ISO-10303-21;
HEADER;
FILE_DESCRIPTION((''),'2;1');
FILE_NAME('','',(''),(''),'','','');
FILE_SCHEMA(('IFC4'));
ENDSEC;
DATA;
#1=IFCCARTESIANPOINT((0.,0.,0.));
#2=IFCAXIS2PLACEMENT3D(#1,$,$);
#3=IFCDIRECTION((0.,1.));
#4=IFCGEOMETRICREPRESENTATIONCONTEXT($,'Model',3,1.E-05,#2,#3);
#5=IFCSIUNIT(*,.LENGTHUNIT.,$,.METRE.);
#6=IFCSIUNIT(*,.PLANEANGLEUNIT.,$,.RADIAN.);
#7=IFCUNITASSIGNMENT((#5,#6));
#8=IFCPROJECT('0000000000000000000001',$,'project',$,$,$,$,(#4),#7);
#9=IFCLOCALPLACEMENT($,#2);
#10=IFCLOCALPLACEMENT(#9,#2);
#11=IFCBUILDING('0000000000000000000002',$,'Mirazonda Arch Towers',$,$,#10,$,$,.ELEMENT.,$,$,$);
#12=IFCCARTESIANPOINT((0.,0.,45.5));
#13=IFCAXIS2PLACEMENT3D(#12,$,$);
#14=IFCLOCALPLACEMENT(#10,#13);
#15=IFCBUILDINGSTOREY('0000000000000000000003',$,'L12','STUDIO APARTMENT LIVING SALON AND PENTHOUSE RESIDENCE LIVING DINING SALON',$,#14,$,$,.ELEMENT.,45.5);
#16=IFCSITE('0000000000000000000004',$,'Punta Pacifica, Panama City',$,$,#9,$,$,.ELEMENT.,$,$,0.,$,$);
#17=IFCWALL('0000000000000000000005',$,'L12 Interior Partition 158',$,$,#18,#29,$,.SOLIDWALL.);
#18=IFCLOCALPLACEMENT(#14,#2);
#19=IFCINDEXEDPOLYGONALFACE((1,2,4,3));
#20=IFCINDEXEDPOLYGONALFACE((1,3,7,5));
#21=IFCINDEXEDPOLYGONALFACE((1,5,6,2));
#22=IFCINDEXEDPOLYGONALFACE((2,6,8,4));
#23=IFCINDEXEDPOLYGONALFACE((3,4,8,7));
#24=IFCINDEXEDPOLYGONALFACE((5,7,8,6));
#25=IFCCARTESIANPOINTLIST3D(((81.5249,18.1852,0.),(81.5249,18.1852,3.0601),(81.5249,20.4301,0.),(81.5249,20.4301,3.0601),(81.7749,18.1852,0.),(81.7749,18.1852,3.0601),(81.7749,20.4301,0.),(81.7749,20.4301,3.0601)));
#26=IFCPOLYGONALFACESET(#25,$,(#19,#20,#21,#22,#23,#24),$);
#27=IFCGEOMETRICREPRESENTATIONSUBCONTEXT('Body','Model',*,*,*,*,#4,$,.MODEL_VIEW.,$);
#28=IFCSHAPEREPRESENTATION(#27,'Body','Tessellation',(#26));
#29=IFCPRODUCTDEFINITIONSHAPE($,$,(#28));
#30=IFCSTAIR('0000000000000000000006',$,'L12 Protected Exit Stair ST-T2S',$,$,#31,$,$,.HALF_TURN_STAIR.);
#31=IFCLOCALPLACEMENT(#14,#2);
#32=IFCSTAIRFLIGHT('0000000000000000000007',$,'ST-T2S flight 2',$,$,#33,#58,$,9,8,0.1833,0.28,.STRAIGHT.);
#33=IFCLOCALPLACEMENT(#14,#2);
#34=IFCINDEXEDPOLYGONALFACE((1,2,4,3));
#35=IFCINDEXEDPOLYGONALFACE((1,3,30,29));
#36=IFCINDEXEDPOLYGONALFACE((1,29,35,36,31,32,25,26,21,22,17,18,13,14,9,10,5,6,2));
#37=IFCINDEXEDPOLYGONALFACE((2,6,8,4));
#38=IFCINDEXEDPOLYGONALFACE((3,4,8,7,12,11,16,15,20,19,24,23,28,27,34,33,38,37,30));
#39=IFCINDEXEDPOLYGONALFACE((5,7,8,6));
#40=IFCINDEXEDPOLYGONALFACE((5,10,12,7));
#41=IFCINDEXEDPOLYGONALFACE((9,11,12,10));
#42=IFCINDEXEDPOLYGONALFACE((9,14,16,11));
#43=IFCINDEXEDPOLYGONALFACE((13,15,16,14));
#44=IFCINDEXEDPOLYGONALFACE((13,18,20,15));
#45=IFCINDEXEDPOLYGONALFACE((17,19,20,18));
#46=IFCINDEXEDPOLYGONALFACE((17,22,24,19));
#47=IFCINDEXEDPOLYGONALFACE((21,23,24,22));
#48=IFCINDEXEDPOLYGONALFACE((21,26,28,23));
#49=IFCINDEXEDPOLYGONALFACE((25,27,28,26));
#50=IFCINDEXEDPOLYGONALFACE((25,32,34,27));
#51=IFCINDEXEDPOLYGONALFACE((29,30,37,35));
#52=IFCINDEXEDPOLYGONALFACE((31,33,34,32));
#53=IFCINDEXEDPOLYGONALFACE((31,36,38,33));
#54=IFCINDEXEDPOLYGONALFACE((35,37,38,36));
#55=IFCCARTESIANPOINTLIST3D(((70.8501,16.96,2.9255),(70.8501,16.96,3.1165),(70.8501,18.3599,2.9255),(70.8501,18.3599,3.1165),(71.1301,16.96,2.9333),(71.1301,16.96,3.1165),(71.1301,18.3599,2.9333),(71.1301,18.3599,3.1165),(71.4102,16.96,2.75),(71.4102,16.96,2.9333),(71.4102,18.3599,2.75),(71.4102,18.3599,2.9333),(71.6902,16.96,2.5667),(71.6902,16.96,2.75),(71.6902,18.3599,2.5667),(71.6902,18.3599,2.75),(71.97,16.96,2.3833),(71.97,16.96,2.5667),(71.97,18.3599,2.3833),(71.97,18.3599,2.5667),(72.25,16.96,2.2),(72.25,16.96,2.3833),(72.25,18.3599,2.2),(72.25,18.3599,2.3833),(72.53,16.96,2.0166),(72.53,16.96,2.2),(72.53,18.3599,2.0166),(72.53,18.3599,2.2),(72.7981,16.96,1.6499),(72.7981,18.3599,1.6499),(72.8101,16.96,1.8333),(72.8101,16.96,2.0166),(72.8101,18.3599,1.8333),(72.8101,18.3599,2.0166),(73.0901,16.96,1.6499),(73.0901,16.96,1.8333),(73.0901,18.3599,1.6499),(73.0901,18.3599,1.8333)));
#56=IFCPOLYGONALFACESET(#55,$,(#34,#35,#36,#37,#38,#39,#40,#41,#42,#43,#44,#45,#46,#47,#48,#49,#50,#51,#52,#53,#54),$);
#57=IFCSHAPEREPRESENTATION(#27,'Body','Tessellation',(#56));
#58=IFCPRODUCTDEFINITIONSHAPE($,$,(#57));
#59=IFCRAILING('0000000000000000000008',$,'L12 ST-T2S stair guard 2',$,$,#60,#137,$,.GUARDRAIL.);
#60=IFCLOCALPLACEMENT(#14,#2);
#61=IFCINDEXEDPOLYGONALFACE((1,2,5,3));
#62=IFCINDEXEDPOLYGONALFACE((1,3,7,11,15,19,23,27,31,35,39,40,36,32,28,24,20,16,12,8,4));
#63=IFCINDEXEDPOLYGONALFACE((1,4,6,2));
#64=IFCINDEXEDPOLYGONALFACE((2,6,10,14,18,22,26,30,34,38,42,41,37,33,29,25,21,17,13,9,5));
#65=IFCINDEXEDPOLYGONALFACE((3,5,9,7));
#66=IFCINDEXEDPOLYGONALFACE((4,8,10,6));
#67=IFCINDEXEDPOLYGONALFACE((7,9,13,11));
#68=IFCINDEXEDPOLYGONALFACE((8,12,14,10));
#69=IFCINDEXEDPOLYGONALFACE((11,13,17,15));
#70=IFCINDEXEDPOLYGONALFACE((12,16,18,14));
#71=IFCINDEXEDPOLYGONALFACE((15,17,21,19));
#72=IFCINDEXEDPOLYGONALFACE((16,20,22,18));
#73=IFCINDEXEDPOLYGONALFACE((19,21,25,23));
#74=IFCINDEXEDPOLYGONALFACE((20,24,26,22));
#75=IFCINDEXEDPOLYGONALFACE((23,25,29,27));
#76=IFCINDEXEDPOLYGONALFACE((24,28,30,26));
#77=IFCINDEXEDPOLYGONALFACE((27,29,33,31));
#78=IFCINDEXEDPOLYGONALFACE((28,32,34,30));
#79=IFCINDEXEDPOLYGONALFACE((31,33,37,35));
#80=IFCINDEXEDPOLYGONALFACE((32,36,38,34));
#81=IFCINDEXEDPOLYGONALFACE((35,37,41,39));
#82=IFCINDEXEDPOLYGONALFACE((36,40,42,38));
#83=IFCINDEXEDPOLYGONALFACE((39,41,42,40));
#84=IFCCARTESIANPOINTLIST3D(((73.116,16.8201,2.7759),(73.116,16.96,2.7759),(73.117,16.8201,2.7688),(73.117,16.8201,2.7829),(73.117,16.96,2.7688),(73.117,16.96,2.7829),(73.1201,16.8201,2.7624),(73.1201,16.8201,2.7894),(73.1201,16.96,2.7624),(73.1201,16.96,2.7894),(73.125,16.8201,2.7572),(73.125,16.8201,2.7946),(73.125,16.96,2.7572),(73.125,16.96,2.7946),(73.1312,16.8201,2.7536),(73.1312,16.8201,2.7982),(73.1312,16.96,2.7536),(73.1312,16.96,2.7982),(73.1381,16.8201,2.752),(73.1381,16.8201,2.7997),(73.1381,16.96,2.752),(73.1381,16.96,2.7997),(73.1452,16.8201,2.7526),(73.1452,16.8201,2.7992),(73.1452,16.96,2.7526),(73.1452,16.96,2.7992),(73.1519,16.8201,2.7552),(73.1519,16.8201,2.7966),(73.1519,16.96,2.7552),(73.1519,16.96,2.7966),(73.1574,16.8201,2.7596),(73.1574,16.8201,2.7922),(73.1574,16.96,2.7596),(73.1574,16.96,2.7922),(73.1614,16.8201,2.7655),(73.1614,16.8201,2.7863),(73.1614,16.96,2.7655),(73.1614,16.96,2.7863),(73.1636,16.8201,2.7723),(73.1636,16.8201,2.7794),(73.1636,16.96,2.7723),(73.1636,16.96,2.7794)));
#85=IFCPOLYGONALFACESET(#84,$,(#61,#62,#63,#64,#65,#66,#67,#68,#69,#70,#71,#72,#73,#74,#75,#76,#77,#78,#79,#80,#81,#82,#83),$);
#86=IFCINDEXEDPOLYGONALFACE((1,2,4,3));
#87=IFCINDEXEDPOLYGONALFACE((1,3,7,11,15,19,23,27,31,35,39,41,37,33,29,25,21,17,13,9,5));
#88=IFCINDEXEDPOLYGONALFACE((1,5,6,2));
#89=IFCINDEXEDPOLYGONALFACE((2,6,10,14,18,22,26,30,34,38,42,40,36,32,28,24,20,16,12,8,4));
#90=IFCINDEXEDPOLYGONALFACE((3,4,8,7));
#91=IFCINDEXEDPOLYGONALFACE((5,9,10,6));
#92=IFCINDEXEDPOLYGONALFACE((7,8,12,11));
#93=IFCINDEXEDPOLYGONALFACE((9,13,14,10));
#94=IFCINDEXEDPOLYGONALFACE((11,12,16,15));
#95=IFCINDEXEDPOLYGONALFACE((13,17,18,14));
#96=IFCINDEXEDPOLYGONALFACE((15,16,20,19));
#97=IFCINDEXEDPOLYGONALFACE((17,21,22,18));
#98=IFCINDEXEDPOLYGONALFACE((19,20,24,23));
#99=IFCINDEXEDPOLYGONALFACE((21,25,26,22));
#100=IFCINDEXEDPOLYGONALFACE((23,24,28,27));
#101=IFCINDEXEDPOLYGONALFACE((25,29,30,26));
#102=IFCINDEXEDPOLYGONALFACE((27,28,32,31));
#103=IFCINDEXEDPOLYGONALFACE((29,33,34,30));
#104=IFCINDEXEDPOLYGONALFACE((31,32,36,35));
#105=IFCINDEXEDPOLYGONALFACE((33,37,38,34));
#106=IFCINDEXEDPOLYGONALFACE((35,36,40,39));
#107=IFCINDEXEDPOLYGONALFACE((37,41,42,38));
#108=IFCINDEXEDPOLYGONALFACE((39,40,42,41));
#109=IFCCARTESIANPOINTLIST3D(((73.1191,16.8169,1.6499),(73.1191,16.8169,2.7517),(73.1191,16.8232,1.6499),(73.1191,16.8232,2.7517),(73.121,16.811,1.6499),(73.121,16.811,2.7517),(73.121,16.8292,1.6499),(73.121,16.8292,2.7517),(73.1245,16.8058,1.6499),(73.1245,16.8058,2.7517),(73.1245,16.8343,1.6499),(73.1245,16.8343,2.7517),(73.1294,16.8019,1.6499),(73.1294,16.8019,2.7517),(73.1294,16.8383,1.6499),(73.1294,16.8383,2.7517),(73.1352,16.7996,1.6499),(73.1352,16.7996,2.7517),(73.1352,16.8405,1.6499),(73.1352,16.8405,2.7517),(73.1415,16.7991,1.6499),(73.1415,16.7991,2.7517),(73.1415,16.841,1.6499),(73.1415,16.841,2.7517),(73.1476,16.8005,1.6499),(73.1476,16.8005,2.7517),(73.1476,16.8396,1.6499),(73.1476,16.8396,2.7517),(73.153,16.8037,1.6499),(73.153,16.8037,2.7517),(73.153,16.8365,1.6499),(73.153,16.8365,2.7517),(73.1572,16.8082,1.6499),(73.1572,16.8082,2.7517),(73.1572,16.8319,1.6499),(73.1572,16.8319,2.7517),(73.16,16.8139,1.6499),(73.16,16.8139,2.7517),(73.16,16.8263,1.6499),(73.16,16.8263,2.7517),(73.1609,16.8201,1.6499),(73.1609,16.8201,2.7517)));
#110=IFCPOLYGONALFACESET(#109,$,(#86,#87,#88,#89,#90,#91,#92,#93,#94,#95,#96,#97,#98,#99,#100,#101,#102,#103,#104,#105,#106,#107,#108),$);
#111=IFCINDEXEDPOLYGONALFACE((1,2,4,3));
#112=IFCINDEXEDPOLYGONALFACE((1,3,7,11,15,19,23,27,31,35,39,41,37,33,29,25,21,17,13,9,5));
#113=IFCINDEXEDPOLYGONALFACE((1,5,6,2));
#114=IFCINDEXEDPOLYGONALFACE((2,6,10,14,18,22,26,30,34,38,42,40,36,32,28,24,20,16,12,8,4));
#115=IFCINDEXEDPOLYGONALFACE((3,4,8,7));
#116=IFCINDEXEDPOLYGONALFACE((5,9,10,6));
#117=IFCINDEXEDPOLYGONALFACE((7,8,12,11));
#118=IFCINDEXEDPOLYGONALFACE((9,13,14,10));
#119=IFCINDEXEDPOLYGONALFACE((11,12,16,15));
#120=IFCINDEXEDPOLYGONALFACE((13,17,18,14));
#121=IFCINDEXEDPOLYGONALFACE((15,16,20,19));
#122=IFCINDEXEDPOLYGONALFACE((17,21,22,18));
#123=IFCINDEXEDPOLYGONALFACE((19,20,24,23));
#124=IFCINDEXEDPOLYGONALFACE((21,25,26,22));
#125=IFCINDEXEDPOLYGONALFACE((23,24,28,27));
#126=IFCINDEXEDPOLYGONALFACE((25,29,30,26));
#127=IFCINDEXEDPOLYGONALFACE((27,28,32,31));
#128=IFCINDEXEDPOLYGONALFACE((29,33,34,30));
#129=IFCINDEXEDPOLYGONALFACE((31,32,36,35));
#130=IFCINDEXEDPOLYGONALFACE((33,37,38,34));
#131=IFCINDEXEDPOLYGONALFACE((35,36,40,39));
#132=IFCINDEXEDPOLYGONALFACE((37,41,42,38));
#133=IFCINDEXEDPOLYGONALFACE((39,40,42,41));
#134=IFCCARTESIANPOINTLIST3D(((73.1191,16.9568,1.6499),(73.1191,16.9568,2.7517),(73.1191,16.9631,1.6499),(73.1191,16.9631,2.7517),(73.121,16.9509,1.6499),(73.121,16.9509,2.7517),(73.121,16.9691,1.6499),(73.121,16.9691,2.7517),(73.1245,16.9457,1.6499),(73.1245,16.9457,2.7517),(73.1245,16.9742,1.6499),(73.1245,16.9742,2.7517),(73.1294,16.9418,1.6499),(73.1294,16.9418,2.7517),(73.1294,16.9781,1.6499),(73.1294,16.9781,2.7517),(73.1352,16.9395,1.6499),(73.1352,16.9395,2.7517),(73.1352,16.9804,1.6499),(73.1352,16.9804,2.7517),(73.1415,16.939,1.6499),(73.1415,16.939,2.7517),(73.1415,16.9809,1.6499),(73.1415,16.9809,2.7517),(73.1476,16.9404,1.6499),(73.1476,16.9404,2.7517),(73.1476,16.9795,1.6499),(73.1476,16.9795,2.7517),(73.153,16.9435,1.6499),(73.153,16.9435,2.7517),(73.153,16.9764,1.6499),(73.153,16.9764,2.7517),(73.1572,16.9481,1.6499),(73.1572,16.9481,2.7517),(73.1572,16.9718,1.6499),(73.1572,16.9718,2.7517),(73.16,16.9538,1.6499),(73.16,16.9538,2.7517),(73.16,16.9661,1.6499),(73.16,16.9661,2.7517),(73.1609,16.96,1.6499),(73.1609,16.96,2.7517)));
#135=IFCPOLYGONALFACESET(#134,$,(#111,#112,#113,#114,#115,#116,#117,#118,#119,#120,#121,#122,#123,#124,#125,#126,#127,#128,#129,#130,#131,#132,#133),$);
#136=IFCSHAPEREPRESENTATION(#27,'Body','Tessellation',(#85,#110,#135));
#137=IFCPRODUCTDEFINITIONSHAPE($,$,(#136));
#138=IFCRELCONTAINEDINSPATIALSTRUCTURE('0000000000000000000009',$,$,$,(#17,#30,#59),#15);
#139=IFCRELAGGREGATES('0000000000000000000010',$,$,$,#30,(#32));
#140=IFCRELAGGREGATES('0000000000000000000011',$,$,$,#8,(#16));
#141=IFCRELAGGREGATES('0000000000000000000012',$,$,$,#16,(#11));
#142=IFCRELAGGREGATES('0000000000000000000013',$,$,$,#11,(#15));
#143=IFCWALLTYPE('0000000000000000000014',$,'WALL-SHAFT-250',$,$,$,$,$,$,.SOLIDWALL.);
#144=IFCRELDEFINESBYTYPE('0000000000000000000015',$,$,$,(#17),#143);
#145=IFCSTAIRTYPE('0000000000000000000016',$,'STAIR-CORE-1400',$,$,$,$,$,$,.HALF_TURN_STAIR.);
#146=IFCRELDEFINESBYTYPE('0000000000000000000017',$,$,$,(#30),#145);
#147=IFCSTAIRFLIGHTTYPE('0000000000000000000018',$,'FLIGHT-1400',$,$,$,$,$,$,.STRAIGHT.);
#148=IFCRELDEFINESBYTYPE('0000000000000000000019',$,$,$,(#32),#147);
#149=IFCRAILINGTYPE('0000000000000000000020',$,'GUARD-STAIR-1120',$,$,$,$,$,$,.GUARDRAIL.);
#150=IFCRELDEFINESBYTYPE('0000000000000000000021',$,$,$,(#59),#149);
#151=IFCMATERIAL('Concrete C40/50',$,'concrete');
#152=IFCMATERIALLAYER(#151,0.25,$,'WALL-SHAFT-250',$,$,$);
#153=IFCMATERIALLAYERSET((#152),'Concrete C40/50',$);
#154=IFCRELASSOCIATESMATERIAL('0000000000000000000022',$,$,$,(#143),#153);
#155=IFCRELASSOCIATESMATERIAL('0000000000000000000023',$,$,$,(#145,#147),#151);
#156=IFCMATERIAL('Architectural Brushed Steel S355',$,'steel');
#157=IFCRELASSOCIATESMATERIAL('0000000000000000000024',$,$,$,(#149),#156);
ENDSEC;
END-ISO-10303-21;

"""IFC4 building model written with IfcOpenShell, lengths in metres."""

from ifc_helpers import new_model, si_unit, direction, frame, frame_2d, origin, origin_2d, place, context, subcontext, project, spatial, polyline, rectangle, circle, outline, extrude, material, layer, layer_set, type_object, element, aggregate, save


model = new_model("IFC4")

# Units and contexts
model_context = context("Model", 3, precision=1e-05, world=origin(), true_north=direction((0.0, 1.0)))
body_context = subcontext(model_context, "Body", "Model", "MODEL_VIEW")
ifc_project = project(units=[si_unit("LENGTHUNIT", "METRE"), si_unit("PLANEANGLEUNIT", "RADIAN")], contexts=[model_context])

# Site, building, storey
site_placement = place(None, origin())
site = spatial("IfcSite", under=ifc_project, at=site_placement, Name="Punta Pacifica, Panama City", CompositionType="ELEMENT", RefElevation=0.0)
building_placement = place(site_placement, origin())
building = spatial("IfcBuilding", under=site, at=building_placement, Name="Mirazonda Arch Towers", CompositionType="ELEMENT")
storey_placement = place(building_placement, frame((0.0, 0.0, 45.5)))
storey = spatial("IfcBuildingStorey", under=building, at=storey_placement, Name="L12", Description="STUDIO APARTMENT LIVING SALON AND PENTHOUSE RESIDENCE LIVING DINING SALON", CompositionType="ELEMENT", Elevation=45.5)

# Wall
ifc_material_1 = material(Name="Concrete C40/50", Category="concrete")
ifc_layer_1 = layer(ifc_material_1, 0.25, Name="WALL-SHAFT-250")
ifc_layer_set_1 = layer_set([ifc_layer_1], Name="Concrete C40/50")
wall_type_1 = type_object("IfcWallType", Name="WALL-SHAFT-250", PredefinedType="SOLIDWALL", material=ifc_layer_set_1)
wall_1_placement = place(storey_placement, frame((81.6499, 18.1851, 0.0), z_axis=(0.0, 0.0, 1.0), x_axis=(0.0, 1.0, 0.0)))
element("IfcWall", 1, at=wall_1_placement, inside=storey, type_object=wall_type_1, Name="L12 Interior Partition 158", PredefinedType="SOLIDWALL", context=body_context, shape_type="SweptSolid", body=[
    extrude(rectangle(XDim=2.2449, YDim=0.25, at=frame_2d((1.1226, 0.0))), origin(), (0.0, 0.0, 1.0), 3.0601),
])

# Stair, stair flight
stair_type = type_object("IfcStairType", Name="STAIR-CORE-1400", PredefinedType="HALF_TURN_STAIR", material=ifc_material_1)
stair_placement = place(storey_placement, origin())
stair = element("IfcStair", 2, at=stair_placement, inside=storey, type_object=stair_type, Name="L12 Protected Exit Stair ST-T2S", PredefinedType="HALF_TURN_STAIR")
stair_flight_type = type_object("IfcStairFlightType", Name="FLIGHT-1400", PredefinedType="STRAIGHT", material=ifc_material_1)
stair_flight_placement = place(storey_placement, frame((73.0901, 17.6599, 1.6499), z_axis=(0.0, 0.0, 1.0), x_axis=(-1.0, 0.0, 0.0)))
stair_flight = element("IfcStairFlight", 3, at=stair_flight_placement, type_object=stair_flight_type, Name="ST-T2S flight 2", NumberOfRisers=9, NumberOfTreads=8, PredefinedType="STRAIGHT", RiserHeight=0.1833, TreadLength=0.28, context=body_context, shape_type="SweptSolid", body=[
    extrude(outline(polyline([(0.0, 0.0), (0.0, 0.1833), (0.28, 0.1833), (0.28, 0.3667), (0.5601, 0.3667), (0.5601, 0.55), (0.8401, 0.55), (0.8401, 0.7334), (1.1201, 0.7334), (1.1201, 0.9167), (1.3999, 0.9167), (1.3999, 1.1001), (1.6799, 1.1001), (1.6799, 1.2834), (1.96, 1.2834), (1.96, 1.4666), (2.24, 1.4666), (2.24, 1.6499), (2.24, 1.2756), (0.292, 0.0), (0.0, 0.0)])), frame((0.0, 0.7, 0.0), z_axis=(0.0, -1.0, 0.0), x_axis=(1.0, 0.0, 0.0)), (0.0, 0.0, 1.0), 1.3999),
])
aggregate(stair, [stair_flight])

# Railing
ifc_material_2 = material(Name="Architectural Brushed Steel S355", Category="steel")
railing_type_1 = type_object("IfcRailingType", Name="GUARD-STAIR-1120", PredefinedType="GUARDRAIL", material=ifc_material_2)
railing_1_placement = place(storey_placement, frame((73.1399, 16.8201, 1.6499)))
element("IfcRailing", 4, at=railing_1_placement, inside=storey, type_object=railing_type_1, Name="L12 ST-T2S stair guard 2", PredefinedType="GUARDRAIL", context=body_context, shape_type="SweptSolid", body=[
    extrude(circle(Radius=0.0239, at=origin_2d()), frame((0.0, 0.0, 1.126), z_axis=(0.0, 1.0, 0.0), x_axis=(-1.0, 0.0, 0.0)), (0.0, 0.0, 1.0), 0.1399),
    extrude(circle(Radius=0.021, at=origin_2d()), origin(), (0.0, 0.0, 1.0), 1.1018),
    extrude(circle(Radius=0.021, at=origin_2d()), frame((0.0, 0.1399, 0.0)), (0.0, 0.0, 1.0), 1.1018),
])

save(model, "model.ifc")
